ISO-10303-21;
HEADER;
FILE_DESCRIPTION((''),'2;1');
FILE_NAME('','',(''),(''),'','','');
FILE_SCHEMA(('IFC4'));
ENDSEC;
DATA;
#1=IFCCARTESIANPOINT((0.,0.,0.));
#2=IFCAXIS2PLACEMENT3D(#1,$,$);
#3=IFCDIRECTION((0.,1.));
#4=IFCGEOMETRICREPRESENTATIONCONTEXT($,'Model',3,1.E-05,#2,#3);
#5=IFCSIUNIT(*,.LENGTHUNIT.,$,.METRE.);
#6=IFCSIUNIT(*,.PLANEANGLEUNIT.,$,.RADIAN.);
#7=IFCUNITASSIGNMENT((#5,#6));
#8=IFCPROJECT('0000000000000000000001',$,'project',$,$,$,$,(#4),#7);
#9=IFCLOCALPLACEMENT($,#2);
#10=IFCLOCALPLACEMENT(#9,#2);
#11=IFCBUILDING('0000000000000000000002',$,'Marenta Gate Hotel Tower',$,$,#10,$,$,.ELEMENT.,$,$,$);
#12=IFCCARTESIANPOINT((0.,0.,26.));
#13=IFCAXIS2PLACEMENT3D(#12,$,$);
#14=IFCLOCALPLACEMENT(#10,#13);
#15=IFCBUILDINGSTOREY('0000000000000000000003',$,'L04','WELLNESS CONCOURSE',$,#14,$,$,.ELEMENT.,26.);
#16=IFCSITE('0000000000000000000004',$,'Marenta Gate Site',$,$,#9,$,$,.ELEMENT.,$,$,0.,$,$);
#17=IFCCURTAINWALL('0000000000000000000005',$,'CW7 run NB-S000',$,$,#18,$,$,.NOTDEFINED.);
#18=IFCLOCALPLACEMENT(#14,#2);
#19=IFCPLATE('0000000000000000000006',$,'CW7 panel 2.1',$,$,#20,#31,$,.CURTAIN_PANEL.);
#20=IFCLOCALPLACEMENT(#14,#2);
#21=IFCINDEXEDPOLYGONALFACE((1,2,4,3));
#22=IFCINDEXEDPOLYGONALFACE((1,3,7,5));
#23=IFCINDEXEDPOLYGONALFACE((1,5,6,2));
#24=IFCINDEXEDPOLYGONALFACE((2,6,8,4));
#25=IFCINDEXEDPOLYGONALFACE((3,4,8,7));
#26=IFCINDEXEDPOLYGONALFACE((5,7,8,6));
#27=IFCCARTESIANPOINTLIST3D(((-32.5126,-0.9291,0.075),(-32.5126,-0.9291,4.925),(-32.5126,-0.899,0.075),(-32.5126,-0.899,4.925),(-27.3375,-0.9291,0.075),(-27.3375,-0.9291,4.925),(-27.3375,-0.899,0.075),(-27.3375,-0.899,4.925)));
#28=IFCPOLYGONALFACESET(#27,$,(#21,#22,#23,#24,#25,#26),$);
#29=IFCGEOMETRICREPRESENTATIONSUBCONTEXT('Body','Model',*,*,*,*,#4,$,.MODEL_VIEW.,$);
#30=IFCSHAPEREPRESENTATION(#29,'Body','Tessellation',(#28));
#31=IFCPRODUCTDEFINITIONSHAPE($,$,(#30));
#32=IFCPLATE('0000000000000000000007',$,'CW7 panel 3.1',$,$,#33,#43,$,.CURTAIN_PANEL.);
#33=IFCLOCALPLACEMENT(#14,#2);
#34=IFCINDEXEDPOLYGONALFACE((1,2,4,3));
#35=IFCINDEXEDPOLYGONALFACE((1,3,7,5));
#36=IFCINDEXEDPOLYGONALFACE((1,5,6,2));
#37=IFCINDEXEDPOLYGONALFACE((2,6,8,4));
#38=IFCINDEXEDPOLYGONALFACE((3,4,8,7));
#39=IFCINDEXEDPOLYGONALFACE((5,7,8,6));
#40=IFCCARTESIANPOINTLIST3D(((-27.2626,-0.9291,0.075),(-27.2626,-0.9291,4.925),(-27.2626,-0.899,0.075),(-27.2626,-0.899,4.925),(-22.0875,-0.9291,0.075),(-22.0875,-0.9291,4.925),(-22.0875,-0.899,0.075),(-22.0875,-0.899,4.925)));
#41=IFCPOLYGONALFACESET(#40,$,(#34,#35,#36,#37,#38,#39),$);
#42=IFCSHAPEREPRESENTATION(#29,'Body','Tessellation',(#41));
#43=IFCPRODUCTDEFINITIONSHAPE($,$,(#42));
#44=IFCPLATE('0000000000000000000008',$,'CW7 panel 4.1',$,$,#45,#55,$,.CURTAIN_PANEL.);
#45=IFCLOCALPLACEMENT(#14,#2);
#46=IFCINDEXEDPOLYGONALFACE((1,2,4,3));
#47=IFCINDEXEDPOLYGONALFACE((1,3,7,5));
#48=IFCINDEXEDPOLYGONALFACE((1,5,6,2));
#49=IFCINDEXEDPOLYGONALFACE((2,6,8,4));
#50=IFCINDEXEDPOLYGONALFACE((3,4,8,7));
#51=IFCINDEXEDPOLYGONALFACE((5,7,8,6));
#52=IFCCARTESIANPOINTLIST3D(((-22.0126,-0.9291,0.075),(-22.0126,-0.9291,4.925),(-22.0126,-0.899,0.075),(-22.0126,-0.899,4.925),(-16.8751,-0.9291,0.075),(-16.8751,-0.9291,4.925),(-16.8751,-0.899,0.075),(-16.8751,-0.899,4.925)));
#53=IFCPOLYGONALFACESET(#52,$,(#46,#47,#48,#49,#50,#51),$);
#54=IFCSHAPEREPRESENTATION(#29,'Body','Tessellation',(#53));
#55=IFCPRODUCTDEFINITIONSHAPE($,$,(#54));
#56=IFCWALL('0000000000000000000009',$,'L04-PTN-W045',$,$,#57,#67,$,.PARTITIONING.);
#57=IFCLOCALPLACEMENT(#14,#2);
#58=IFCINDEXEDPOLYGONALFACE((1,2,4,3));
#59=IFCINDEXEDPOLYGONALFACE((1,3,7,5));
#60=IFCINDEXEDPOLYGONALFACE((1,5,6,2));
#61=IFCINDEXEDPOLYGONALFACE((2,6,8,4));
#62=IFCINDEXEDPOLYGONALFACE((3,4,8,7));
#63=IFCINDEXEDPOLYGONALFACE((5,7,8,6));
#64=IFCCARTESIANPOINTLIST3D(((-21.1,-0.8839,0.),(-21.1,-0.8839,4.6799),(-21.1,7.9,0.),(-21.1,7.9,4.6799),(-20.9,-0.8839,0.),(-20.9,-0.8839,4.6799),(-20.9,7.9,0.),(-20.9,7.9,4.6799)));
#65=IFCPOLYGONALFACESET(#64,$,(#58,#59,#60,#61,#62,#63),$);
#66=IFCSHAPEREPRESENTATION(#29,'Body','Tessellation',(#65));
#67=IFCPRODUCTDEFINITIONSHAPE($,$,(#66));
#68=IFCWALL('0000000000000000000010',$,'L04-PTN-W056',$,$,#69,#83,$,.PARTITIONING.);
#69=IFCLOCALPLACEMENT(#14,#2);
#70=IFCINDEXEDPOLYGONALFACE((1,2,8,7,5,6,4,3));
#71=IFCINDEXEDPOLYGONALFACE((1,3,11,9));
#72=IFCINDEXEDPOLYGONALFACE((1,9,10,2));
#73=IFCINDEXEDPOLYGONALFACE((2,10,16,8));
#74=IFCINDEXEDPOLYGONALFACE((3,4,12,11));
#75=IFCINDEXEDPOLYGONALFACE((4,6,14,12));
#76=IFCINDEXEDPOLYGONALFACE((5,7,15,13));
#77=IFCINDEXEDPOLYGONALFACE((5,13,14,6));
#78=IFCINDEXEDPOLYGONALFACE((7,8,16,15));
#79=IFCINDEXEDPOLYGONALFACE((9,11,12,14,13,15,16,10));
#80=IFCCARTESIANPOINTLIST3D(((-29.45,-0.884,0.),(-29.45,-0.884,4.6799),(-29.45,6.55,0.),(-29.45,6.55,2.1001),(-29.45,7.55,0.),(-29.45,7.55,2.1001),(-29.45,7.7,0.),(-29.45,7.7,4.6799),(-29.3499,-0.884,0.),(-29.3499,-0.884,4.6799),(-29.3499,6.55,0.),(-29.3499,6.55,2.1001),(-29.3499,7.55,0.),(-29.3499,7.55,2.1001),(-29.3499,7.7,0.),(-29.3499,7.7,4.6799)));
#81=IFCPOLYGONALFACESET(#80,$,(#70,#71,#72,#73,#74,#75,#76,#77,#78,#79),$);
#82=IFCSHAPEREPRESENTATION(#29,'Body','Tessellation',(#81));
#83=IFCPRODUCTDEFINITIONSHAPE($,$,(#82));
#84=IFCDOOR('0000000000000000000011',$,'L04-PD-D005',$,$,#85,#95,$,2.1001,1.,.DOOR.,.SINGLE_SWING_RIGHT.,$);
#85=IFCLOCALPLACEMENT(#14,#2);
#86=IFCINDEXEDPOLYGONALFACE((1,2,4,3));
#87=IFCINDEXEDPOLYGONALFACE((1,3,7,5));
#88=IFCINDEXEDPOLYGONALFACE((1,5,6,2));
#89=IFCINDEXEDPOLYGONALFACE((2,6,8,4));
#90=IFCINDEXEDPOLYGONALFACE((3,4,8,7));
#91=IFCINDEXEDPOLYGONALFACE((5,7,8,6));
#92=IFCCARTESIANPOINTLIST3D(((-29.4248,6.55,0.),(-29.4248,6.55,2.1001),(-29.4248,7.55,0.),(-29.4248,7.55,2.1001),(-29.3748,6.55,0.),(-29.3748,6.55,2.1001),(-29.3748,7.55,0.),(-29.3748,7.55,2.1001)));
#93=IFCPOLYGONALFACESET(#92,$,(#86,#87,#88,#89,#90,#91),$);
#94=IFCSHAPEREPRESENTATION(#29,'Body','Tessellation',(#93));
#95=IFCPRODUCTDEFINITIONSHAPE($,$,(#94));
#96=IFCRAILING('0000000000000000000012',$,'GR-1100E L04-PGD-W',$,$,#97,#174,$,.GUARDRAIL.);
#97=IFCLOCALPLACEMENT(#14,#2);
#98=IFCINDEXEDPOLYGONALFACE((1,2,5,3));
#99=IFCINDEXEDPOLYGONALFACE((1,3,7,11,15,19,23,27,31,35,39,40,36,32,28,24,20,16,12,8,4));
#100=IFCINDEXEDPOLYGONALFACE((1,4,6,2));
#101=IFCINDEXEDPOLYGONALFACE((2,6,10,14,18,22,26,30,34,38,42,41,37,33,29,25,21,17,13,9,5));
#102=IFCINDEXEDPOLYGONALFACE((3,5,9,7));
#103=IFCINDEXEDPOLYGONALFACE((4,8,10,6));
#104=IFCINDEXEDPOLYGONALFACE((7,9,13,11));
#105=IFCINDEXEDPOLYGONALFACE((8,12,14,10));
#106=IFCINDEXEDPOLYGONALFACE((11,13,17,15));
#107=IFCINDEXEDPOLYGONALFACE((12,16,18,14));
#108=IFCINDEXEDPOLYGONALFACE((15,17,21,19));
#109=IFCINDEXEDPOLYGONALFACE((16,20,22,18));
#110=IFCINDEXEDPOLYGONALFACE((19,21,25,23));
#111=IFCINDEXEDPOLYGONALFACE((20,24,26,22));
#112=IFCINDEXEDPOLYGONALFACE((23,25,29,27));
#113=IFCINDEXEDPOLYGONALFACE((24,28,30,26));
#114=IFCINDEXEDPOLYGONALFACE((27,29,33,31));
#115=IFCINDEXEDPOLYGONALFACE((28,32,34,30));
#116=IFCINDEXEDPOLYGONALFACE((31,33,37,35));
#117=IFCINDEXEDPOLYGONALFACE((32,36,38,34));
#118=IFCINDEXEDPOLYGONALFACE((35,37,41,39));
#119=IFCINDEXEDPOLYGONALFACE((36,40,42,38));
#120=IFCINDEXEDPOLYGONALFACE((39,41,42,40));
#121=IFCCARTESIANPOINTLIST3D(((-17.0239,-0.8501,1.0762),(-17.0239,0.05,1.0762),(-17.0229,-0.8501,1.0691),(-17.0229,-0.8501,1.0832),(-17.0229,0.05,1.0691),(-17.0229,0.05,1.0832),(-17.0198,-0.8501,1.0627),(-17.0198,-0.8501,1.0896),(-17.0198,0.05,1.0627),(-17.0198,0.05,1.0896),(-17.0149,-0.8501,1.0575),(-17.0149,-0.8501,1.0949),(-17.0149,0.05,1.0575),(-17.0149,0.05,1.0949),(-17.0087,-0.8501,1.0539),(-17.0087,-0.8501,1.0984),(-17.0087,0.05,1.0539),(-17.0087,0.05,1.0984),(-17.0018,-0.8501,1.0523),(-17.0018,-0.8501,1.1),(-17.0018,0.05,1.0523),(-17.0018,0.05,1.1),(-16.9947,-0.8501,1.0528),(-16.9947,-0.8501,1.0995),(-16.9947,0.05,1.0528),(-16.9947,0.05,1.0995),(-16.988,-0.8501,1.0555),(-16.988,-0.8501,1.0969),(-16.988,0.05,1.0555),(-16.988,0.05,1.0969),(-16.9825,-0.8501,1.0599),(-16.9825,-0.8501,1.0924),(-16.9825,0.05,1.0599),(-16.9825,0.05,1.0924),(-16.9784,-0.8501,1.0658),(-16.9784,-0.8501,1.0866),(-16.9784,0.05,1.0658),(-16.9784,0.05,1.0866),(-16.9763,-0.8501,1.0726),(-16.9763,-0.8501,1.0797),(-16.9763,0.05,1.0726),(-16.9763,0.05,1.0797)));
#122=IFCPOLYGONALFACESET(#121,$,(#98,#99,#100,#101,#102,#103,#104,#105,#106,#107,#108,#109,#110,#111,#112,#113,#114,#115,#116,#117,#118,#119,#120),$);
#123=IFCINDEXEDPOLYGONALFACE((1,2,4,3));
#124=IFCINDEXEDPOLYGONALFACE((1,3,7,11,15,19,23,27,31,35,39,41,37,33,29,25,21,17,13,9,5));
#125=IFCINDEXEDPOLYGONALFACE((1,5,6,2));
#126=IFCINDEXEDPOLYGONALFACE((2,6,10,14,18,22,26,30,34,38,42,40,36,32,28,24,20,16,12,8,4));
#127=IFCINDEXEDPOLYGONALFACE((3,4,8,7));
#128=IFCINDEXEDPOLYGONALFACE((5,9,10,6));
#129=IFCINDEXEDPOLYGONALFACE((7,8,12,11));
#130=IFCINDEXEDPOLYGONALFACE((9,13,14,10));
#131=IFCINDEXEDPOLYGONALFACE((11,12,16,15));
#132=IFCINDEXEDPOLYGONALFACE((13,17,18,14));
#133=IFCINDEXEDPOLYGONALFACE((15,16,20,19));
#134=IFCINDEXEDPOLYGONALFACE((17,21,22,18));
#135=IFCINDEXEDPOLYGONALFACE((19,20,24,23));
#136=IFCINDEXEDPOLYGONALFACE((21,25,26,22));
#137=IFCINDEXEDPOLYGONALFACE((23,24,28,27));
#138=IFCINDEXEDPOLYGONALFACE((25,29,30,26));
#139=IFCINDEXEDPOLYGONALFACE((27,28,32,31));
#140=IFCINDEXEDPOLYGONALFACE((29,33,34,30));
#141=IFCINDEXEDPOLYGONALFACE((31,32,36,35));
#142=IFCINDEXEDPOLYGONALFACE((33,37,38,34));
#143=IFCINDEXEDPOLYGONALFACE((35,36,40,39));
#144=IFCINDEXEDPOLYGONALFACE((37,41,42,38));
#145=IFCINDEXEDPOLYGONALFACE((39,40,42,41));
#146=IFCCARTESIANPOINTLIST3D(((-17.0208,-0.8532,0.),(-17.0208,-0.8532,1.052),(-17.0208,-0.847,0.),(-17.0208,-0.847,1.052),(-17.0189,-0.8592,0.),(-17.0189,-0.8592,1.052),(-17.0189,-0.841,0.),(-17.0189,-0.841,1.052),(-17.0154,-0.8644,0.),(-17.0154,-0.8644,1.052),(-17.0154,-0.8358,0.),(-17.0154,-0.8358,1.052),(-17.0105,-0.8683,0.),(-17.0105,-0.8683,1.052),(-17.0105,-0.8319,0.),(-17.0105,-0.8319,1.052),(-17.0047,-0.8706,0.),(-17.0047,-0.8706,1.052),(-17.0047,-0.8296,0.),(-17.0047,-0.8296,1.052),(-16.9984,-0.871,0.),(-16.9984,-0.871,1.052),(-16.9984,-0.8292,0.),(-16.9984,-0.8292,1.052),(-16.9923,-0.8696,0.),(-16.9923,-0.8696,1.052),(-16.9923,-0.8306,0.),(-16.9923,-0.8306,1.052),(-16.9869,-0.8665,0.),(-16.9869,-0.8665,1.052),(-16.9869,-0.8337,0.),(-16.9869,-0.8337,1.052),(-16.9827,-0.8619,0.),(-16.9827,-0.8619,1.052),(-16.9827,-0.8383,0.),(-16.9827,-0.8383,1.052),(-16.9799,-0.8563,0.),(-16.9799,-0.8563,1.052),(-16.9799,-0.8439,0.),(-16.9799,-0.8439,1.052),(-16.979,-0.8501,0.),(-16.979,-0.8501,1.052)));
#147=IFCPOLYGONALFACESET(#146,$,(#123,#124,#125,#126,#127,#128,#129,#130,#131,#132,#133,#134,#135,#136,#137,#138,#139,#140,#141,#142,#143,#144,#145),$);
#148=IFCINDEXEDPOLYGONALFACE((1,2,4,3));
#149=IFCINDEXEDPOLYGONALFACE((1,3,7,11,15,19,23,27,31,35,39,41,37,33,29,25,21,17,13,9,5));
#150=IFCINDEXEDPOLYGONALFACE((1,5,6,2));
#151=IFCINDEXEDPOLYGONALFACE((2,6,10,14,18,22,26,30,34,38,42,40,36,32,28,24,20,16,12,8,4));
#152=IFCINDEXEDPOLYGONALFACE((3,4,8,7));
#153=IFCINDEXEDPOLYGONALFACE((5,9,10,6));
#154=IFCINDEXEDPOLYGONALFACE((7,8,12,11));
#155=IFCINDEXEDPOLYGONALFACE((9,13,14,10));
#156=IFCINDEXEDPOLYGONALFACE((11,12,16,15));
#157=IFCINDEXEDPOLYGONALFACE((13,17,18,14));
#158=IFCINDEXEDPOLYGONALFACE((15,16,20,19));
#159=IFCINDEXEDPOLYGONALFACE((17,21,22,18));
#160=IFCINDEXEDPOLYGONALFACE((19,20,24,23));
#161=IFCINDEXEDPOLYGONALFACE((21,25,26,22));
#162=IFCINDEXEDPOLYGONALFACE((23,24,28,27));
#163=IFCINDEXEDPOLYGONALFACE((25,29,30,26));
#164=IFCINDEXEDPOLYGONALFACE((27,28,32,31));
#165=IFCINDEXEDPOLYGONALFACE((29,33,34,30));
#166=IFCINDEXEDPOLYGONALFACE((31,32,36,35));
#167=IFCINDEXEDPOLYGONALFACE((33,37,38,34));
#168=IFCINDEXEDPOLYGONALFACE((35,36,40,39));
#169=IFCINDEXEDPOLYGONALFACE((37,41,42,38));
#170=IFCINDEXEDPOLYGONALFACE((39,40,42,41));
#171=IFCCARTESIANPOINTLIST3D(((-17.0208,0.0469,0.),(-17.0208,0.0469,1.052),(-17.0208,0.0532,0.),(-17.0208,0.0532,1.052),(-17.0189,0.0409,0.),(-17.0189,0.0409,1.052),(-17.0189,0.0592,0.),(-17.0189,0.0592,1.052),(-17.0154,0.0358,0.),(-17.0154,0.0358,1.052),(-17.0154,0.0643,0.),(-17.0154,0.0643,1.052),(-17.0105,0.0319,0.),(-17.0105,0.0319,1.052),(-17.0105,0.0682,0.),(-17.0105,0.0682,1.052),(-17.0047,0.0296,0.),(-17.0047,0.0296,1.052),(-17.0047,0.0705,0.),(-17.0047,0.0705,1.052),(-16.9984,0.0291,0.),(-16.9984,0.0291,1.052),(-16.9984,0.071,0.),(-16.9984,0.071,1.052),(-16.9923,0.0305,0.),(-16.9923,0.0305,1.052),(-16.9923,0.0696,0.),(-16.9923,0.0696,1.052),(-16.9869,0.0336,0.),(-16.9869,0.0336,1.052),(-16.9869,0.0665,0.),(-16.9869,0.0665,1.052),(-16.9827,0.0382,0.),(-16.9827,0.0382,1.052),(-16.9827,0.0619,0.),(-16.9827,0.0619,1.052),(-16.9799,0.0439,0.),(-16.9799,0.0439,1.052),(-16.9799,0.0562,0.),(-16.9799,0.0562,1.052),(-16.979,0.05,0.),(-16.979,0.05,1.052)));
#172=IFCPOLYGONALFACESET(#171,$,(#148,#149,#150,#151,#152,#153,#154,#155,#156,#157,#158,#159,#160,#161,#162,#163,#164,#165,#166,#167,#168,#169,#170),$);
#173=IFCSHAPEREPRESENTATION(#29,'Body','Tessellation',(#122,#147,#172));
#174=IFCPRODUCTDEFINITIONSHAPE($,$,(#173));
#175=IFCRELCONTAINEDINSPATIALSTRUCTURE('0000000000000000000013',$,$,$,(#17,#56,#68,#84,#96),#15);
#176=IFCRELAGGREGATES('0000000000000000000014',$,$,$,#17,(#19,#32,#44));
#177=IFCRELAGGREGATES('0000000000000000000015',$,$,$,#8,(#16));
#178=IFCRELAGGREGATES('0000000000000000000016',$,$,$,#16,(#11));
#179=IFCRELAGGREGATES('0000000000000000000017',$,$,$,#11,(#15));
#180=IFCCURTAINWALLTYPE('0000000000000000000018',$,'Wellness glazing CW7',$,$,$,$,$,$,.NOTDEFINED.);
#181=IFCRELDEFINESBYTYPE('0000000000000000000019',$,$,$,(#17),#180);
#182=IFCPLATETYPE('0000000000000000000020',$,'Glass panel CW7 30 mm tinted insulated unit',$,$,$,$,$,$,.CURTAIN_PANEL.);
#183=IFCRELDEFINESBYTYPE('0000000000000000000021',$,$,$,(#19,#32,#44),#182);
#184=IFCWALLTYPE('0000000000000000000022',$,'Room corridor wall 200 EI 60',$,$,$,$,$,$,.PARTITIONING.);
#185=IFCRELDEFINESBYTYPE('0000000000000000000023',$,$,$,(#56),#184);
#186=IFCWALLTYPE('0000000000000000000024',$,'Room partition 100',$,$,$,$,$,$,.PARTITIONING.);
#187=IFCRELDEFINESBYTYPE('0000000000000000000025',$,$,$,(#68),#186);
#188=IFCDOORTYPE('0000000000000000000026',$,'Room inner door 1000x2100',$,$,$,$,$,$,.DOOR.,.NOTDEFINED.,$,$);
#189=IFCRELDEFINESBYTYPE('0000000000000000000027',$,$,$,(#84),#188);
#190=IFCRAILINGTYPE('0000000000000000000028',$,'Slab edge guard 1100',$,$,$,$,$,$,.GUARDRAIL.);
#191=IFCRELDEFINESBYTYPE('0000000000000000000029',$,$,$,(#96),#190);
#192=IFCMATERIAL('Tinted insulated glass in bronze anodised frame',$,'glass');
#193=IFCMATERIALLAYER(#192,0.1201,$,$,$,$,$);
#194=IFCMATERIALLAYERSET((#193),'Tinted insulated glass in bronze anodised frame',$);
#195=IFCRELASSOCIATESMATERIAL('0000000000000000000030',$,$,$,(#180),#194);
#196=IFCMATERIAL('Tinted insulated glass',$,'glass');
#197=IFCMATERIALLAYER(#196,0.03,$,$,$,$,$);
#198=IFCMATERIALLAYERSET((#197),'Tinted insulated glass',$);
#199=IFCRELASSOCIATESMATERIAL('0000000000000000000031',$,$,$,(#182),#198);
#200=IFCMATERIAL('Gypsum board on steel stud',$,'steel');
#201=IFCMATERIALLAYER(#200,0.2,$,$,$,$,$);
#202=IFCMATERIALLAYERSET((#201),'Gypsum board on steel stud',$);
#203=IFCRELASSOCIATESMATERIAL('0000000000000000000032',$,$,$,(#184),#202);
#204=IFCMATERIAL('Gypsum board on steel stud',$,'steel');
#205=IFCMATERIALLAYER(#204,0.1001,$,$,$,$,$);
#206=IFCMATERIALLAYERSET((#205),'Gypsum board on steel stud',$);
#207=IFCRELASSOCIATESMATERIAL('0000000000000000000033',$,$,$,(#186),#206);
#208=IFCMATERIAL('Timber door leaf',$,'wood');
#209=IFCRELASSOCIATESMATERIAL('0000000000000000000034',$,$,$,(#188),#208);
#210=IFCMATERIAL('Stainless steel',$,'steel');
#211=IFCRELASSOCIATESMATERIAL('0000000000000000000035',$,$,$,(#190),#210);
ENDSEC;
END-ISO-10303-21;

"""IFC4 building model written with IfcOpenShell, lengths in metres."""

from ifc_helpers import new_model, si_unit, direction, frame, frame_2d, origin, origin_2d, place, context, subcontext, project, spatial, rectangle, circle, extrude, material, layer, layer_set, type_object, element, fill, aggregate, save


model = new_model("IFC4")

# Units and contexts
model_context = context("Model", 3, precision=1e-05, world=origin(), true_north=direction((0.0, 1.0)))
body_context = subcontext(model_context, "Body", "Model", "MODEL_VIEW")
ifc_project = project(units=[si_unit("LENGTHUNIT", "METRE"), si_unit("PLANEANGLEUNIT", "RADIAN")], contexts=[model_context])

# Site, building, storey
site_placement = place(None, origin())
site = spatial("IfcSite", under=ifc_project, at=site_placement, Name="Marenta Gate Site", CompositionType="ELEMENT", RefElevation=0.0)
building_placement = place(site_placement, origin())
building = spatial("IfcBuilding", under=site, at=building_placement, Name="Marenta Gate Hotel Tower", CompositionType="ELEMENT")
storey_placement = place(building_placement, frame((0.0, 0.0, 26.0)))
storey = spatial("IfcBuildingStorey", under=building, at=storey_placement, Name="L04", Description="WELLNESS CONCOURSE", CompositionType="ELEMENT", Elevation=26.0)

# Curtain wall
ifc_material_1 = material(Name="Tinted insulated glass in bronze anodised frame", Category="glass")
ifc_layer_1 = layer(ifc_material_1, 0.1201)
ifc_layer_set_1 = layer_set([ifc_layer_1], Name="Tinted insulated glass in bronze anodised frame")
curtain_wall_type = type_object("IfcCurtainWallType", Name="Wellness glazing CW7", PredefinedType="NOTDEFINED", material=ifc_layer_set_1)
curtain_wall_placement = place(storey_placement, origin())
curtain_wall = element("IfcCurtainWall", 1, at=curtain_wall_placement, inside=storey, type_object=curtain_wall_type, Name="CW7 run NB-S000", PredefinedType="NOTDEFINED")

# Plates
ifc_material_2 = material(Name="Tinted insulated glass", Category="glass")
ifc_layer_2 = layer(ifc_material_2, 0.03)
ifc_layer_set_2 = layer_set([ifc_layer_2], Name="Tinted insulated glass")
plate_type = type_object("IfcPlateType", Name="Glass panel CW7 30 mm tinted insulated unit", PredefinedType="CURTAIN_PANEL", material=ifc_layer_set_2)
plate_1_placement = place(storey_placement, frame((-29.925, -0.9141, 0.075), z_axis=(0.0, 0.0, 1.0), x_axis=(1.0, 0.0, 0.0)))
plate_1 = element("IfcPlate", 2, at=plate_1_placement, type_object=plate_type, Name="CW7 panel 2.1", PredefinedType="CURTAIN_PANEL", context=body_context, shape_type="SweptSolid", body=[
    extrude(rectangle(XDim=5.175, YDim=0.03, at=origin_2d()), origin(), (0.0, 0.0, 1.0), 4.8501),
])
plate_2_placement = place(storey_placement, frame((-24.675, -0.9141, 0.075), z_axis=(0.0, 0.0, 1.0), x_axis=(1.0, 0.0, 0.0)))
plate_2 = element("IfcPlate", 3, at=plate_2_placement, type_object=plate_type, Name="CW7 panel 3.1", PredefinedType="CURTAIN_PANEL", context=body_context, shape_type="SweptSolid", body=[
    extrude(rectangle(XDim=5.175, YDim=0.03, at=origin_2d()), origin(), (0.0, 0.0, 1.0), 4.8501),
])
plate_3_placement = place(storey_placement, frame((-19.4438, -0.9141, 0.075), z_axis=(0.0, 0.0, 1.0), x_axis=(1.0, 0.0, 0.0)))
plate_3 = element("IfcPlate", 4, at=plate_3_placement, type_object=plate_type, Name="CW7 panel 4.1", PredefinedType="CURTAIN_PANEL", context=body_context, shape_type="SweptSolid", body=[
    extrude(rectangle(XDim=5.1375, YDim=0.03, at=origin_2d()), origin(), (0.0, 0.0, 1.0), 4.8501),
])
aggregate(curtain_wall, [plate_1, plate_2, plate_3])

# Wall
ifc_material_3 = material(Name="Gypsum board on steel stud", Category="steel")
ifc_layer_3 = layer(ifc_material_3, 0.2)
ifc_layer_set_3 = layer_set([ifc_layer_3], Name="Gypsum board on steel stud")
wall_type_1 = type_object("IfcWallType", Name="Room corridor wall 200 EI 60", PredefinedType="PARTITIONING", material=ifc_layer_set_3)
wall_1_placement = place(storey_placement, frame((-21.0, -0.884, 0.0), z_axis=(0.0, 0.0, 1.0), x_axis=(0.0, 1.0, 0.0)))
element("IfcWall", 5, at=wall_1_placement, inside=storey, type_object=wall_type_1, Name="L04-PTN-W045", PredefinedType="PARTITIONING", context=body_context, shape_type="SweptSolid", body=[
    extrude(rectangle(XDim=8.7839, YDim=0.2, at=frame_2d((4.3921, 0.0))), origin(), (0.0, 0.0, 1.0), 4.6799),
])

# Wall, opening, door
ifc_material_4 = material(Name="Gypsum board on steel stud", Category="steel")
ifc_layer_4 = layer(ifc_material_4, 0.1001)
ifc_layer_set_4 = layer_set([ifc_layer_4], Name="Gypsum board on steel stud")
wall_type_2 = type_object("IfcWallType", Name="Room partition 100", PredefinedType="PARTITIONING", material=ifc_layer_set_4)
wall_2_placement = place(storey_placement, frame((-29.3999, -0.884, 0.0), z_axis=(0.0, 0.0, 1.0), x_axis=(0.0, 1.0, 0.0)))
wall_2 = element("IfcWall", 6, at=wall_2_placement, inside=storey, type_object=wall_type_2, Name="L04-PTN-W056", PredefinedType="PARTITIONING", context=body_context, shape_type="SweptSolid", body=[
    extrude(rectangle(XDim=8.584, YDim=0.1001, at=frame_2d((4.292, 0.0))), origin(), (0.0, 0.0, 1.0), 4.6799),
])
opening_1_placement = place(wall_2_placement, frame((7.4341, 0.0, 0.0)))
opening_1 = element("IfcOpeningElement", 7, at=opening_1_placement, cuts=wall_2, PredefinedType="OPENING", context=body_context, shape_type="SweptSolid", body=[
    extrude(rectangle(XDim=1.0, YDim=2.1001, at=frame_2d((0.5, 1.05))), frame((0.0, 0.05, 0.0), z_axis=(0.0, -1.0, 0.0), x_axis=(1.0, 0.0, 0.0)), (0.0, 0.0, 1.0), 0.1001),
])
ifc_material_5 = material(Name="Timber door leaf", Category="wood")
door_type_1 = type_object("IfcDoorType", Name="Room inner door 1000x2100", OperationType="NOTDEFINED", PredefinedType="DOOR", material=ifc_material_5)
door_1_placement = place(opening_1_placement, origin())
door_1 = element("IfcDoor", 8, at=door_1_placement, inside=storey, type_object=door_type_1, Name="L04-PD-D005", OperationType="SINGLE_SWING_RIGHT", OverallHeight=2.1001, OverallWidth=1.0, PredefinedType="DOOR", context=body_context, shape_type="SweptSolid", body=[
    extrude(rectangle(XDim=1.0, YDim=2.1001, at=frame_2d((0.5, 1.05))), frame((0.0, 0.0249, 0.0), z_axis=(0.0, -1.0, 0.0), x_axis=(1.0, 0.0, 0.0)), (0.0, 0.0, 1.0), 0.05),
])
fill(opening_1, door_1)

# Railing
ifc_material_6 = material(Name="Stainless steel", Category="steel")
railing_type = type_object("IfcRailingType", Name="Slab edge guard 1100", PredefinedType="GUARDRAIL", material=ifc_material_6)
railing_placement = place(storey_placement, frame((-17.0, -0.8501, 0.0)))
element("IfcRailing", 9, at=railing_placement, inside=storey, type_object=railing_type, Name="GR-1100E L04-PGD-W", PredefinedType="GUARDRAIL", context=body_context, shape_type="SweptSolid", body=[
    extrude(circle(Radius=0.0239, at=origin_2d()), frame((0.0, 0.0, 1.0762), z_axis=(0.0, 1.0, 0.0), x_axis=(-1.0, 0.0, 0.0)), (0.0, 0.0, 1.0), 0.9001),
    extrude(circle(Radius=0.021, at=origin_2d()), origin(), (0.0, 0.0, 1.0), 1.052),
    extrude(circle(Radius=0.021, at=origin_2d()), frame((0.0, 0.9001, 0.0)), (0.0, 0.0, 1.0), 1.052),
])

save(model, "model.ifc")
